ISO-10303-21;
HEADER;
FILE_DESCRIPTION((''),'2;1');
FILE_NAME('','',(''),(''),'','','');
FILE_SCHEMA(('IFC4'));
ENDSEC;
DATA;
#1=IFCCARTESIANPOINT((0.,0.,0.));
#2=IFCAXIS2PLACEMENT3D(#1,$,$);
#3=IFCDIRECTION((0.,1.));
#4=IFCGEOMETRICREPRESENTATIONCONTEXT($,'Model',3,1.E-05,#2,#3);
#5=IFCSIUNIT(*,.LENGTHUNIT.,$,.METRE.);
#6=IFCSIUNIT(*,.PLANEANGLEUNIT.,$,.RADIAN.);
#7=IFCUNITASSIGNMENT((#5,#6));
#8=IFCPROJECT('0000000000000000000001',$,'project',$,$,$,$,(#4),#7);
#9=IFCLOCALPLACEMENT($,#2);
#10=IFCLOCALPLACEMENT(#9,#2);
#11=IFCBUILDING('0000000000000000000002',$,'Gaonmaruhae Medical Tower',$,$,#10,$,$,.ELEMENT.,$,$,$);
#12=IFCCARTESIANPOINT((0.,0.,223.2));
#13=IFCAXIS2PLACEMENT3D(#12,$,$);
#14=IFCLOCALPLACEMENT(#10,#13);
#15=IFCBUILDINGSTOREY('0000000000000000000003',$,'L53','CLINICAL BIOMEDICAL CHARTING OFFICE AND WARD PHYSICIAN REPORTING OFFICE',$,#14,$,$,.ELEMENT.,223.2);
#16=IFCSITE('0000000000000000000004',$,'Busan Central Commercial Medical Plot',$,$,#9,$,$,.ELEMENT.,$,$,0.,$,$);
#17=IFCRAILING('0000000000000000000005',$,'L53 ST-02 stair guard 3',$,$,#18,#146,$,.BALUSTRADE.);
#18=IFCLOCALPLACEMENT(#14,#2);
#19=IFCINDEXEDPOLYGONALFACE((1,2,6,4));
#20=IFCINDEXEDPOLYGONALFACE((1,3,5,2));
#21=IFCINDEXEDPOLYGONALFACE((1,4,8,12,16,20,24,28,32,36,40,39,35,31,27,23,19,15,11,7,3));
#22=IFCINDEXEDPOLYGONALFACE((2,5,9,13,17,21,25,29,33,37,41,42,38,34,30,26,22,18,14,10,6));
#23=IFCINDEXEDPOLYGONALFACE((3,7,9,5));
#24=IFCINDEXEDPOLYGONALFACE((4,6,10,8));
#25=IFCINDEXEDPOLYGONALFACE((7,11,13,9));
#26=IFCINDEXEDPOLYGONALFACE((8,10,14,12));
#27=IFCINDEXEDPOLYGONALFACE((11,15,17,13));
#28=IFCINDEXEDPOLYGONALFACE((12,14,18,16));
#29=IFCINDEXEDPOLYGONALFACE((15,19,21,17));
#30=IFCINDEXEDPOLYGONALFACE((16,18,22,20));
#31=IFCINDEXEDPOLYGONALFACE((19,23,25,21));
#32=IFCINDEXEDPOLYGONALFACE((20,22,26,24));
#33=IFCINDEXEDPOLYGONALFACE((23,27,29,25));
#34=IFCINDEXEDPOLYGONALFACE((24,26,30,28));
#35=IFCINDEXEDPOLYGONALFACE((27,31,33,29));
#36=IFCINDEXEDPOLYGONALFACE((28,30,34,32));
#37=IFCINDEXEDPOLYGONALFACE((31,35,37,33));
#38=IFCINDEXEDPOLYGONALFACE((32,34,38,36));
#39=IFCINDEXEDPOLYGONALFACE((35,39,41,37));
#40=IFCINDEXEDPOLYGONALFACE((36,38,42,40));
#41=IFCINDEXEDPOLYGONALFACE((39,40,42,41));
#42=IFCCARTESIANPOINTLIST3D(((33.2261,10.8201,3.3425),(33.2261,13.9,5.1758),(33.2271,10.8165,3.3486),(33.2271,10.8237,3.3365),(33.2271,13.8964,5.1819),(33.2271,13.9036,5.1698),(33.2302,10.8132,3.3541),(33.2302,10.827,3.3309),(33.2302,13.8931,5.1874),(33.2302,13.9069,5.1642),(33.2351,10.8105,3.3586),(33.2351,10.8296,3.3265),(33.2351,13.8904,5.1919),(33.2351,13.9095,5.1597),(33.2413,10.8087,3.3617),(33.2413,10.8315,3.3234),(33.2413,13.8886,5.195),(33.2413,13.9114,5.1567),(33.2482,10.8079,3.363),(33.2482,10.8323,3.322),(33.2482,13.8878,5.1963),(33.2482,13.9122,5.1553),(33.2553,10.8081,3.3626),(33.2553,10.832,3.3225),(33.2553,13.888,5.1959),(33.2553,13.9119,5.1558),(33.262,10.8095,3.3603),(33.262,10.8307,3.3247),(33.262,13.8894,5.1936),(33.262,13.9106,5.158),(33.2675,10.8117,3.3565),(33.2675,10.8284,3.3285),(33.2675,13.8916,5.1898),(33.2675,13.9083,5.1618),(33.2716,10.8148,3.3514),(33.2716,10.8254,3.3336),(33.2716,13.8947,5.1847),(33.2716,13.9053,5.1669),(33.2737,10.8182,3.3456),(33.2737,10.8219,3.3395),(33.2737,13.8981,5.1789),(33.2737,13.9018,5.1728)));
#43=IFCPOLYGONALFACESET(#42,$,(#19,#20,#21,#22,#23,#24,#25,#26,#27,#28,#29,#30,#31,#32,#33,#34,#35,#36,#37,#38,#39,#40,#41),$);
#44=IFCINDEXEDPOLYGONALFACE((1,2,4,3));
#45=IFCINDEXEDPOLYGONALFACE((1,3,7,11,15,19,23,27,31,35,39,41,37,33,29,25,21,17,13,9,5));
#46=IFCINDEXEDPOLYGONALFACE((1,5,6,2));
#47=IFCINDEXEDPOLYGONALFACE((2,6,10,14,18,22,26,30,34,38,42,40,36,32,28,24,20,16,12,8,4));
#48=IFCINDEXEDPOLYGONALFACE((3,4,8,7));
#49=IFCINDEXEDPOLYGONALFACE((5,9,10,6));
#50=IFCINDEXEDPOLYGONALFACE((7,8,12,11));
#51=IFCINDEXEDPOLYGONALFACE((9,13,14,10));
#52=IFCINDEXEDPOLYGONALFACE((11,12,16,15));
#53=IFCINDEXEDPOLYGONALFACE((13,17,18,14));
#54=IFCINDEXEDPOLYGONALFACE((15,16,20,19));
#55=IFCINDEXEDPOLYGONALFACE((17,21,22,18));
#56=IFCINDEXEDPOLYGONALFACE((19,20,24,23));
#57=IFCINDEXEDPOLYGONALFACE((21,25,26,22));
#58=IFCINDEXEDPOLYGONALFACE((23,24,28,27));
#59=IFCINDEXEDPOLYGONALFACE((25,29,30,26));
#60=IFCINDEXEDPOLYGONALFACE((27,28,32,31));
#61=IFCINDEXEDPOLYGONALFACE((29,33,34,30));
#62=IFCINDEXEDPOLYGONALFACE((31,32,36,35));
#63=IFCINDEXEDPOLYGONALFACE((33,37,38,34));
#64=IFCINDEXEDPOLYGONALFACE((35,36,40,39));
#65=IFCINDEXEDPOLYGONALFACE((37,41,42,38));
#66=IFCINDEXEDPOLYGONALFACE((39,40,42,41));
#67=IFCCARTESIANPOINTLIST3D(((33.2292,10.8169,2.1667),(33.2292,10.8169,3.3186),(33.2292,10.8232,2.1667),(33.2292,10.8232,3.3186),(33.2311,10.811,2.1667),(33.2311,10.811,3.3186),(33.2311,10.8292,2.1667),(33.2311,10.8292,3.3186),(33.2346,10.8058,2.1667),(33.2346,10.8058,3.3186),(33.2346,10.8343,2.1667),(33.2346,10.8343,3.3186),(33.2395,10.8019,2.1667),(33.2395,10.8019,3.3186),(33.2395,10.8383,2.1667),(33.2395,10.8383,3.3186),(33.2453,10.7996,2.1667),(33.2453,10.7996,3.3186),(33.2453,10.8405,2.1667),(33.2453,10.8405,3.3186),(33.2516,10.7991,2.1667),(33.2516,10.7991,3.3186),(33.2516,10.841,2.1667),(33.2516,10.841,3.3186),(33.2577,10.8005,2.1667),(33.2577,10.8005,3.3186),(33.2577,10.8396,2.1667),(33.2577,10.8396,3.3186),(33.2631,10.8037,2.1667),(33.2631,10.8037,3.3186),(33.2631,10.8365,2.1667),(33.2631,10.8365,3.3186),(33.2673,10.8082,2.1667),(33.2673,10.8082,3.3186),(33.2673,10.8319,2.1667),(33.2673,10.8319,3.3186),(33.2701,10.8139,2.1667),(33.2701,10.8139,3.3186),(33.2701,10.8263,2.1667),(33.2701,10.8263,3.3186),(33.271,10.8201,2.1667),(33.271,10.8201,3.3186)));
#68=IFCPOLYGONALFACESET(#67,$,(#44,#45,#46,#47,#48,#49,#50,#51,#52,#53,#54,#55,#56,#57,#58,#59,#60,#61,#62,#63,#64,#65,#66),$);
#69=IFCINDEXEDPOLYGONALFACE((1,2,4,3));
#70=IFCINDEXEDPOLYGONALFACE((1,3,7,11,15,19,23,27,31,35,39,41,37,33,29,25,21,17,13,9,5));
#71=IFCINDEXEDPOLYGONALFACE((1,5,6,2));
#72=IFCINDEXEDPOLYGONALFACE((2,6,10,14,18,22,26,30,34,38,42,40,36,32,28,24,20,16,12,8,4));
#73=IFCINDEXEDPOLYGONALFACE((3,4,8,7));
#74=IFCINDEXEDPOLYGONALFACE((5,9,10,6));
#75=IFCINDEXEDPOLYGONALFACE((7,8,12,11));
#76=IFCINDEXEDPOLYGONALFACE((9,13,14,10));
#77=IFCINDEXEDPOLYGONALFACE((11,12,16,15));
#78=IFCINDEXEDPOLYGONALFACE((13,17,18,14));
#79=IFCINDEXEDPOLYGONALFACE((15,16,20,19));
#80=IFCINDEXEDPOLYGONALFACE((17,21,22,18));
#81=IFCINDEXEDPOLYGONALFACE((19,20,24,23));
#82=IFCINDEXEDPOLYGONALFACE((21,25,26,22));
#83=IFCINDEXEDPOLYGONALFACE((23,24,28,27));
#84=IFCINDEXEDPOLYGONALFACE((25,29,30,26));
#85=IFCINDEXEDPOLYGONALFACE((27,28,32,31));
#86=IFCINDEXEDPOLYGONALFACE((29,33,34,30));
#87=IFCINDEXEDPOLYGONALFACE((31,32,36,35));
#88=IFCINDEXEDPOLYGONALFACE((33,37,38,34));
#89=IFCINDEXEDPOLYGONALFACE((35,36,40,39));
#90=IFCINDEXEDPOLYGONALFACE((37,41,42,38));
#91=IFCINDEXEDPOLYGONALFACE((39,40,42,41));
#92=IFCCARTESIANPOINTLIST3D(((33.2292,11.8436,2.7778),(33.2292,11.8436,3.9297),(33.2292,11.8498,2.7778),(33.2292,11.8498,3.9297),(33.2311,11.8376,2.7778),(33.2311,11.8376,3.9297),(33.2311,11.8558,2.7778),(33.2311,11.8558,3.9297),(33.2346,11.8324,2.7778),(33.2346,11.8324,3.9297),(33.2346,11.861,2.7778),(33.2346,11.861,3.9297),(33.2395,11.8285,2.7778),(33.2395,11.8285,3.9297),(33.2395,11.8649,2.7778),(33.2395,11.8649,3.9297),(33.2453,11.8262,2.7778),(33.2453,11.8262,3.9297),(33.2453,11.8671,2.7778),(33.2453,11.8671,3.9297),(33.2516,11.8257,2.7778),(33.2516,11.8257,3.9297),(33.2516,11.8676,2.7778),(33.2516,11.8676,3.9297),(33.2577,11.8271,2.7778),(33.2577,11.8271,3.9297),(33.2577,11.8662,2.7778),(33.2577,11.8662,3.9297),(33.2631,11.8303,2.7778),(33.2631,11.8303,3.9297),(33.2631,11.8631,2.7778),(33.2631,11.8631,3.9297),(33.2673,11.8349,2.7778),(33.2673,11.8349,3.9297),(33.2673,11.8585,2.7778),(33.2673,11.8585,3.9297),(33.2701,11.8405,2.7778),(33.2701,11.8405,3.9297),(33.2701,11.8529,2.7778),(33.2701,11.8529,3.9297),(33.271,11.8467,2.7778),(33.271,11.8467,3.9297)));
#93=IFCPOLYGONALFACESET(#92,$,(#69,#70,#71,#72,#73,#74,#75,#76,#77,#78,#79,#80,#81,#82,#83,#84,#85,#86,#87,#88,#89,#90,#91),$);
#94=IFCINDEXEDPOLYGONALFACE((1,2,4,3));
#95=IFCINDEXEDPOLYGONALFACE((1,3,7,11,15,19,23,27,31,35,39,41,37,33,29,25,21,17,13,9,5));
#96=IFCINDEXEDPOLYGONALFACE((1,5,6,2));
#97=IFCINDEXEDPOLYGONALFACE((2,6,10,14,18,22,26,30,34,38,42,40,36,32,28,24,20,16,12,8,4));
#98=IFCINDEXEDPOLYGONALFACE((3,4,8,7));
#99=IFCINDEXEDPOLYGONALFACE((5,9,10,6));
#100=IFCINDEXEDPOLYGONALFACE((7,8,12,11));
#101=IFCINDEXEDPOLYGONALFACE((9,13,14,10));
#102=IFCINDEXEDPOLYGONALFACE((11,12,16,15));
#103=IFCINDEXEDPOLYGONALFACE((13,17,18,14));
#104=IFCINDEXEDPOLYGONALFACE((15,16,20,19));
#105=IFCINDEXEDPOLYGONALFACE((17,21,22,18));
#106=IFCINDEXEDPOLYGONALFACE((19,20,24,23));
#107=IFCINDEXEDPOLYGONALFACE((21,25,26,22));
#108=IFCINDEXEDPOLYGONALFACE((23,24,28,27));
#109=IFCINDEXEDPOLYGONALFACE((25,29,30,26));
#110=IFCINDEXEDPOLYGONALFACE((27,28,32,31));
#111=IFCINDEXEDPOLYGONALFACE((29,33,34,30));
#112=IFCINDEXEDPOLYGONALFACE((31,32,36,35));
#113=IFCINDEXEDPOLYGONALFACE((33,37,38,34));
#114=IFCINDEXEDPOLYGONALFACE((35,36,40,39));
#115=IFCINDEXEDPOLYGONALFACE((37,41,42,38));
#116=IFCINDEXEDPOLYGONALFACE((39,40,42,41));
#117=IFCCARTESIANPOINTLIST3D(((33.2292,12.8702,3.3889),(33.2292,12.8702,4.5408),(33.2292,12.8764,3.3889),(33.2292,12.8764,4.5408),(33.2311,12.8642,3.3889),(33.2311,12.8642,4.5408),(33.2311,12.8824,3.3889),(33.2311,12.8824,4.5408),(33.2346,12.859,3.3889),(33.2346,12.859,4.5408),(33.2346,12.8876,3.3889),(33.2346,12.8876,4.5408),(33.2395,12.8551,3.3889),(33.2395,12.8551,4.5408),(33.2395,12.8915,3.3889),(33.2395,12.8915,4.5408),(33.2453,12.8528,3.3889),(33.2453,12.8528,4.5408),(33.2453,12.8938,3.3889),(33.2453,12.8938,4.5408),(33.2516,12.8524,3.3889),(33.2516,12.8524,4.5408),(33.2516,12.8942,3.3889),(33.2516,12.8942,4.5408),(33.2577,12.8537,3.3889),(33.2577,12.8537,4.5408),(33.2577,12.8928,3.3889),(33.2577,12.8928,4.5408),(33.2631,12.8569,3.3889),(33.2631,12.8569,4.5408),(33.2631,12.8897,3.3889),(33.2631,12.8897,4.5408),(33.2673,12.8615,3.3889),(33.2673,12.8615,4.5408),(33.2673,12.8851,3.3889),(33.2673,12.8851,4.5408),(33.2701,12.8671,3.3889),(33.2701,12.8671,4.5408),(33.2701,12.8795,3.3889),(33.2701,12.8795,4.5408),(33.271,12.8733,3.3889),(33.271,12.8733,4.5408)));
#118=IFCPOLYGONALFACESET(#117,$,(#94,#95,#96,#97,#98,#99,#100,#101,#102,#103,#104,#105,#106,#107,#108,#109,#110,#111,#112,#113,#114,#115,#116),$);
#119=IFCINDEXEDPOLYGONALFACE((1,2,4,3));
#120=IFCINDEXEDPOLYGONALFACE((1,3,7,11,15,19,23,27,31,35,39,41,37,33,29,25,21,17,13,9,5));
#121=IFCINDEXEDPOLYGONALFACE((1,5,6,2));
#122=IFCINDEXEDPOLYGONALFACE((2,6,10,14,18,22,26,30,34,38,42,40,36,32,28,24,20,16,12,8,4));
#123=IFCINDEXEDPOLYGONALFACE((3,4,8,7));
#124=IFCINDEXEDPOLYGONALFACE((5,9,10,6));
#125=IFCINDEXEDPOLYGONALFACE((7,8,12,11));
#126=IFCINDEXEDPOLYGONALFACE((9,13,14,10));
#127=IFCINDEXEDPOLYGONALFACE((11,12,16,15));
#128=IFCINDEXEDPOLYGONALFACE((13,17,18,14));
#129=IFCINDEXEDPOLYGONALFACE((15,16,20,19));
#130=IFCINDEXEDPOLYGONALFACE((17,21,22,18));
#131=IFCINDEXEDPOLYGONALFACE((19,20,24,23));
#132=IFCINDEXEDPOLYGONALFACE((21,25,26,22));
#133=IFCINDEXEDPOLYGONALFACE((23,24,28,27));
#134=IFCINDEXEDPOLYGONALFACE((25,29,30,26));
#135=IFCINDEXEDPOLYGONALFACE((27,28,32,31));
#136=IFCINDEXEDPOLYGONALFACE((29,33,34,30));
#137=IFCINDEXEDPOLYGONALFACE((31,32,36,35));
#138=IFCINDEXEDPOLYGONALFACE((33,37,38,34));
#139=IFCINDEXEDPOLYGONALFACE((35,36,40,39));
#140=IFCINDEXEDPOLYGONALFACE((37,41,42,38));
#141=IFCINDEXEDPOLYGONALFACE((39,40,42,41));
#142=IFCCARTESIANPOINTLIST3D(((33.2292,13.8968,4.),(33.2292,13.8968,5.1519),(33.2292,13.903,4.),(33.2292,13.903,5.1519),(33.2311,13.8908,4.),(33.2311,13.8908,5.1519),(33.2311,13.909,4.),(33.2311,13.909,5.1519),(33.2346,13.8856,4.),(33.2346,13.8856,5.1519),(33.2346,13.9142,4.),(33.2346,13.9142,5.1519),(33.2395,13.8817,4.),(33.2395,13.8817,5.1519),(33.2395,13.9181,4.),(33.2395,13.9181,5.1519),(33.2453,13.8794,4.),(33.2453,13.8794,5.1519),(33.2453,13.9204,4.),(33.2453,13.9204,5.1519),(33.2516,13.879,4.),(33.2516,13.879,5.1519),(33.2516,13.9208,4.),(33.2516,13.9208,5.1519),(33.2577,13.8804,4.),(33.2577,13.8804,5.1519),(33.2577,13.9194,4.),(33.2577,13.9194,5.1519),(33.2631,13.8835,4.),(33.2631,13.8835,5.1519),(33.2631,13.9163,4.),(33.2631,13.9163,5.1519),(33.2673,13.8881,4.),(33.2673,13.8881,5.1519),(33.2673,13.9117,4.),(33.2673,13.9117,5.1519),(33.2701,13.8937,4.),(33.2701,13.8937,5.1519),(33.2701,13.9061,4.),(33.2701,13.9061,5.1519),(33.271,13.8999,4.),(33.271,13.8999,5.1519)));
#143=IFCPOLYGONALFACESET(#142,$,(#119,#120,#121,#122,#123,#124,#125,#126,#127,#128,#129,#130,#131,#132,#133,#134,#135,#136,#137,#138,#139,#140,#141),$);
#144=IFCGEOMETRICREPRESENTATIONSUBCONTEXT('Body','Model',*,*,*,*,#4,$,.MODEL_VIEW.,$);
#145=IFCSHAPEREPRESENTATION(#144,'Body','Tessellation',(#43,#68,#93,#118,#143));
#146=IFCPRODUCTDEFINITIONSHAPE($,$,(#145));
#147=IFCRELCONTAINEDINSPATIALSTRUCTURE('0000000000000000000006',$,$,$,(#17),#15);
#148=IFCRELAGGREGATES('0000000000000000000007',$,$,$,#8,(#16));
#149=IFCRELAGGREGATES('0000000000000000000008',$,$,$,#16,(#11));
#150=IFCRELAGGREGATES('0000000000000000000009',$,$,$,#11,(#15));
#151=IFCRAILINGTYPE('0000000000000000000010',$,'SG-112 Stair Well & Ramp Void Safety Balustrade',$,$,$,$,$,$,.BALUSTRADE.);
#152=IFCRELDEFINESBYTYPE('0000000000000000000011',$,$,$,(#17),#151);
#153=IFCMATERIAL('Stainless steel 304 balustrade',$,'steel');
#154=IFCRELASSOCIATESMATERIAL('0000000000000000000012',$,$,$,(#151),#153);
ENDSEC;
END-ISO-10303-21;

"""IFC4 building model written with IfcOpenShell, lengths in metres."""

from ifc_helpers import new_model, si_unit, direction, frame, origin, origin_2d, place, context, subcontext, project, spatial, circle, extrude, material, type_object, element, save


model = new_model("IFC4")

# Units and contexts
model_context = context("Model", 3, precision=1e-05, world=origin(), true_north=direction((0.0, 1.0)))
body_context = subcontext(model_context, "Body", "Model", "MODEL_VIEW")
ifc_project = project(units=[si_unit("LENGTHUNIT", "METRE"), si_unit("PLANEANGLEUNIT", "RADIAN")], contexts=[model_context])

# Site, building, storey
site_placement = place(None, origin())
site = spatial("IfcSite", under=ifc_project, at=site_placement, Name="Busan Central Commercial Medical Plot", CompositionType="ELEMENT", RefElevation=0.0)
building_placement = place(site_placement, origin())
building = spatial("IfcBuilding", under=site, at=building_placement, Name="Gaonmaruhae Medical Tower", CompositionType="ELEMENT")
storey_placement = place(building_placement, frame((0.0, 0.0, 223.2)))
storey = spatial("IfcBuildingStorey", under=building, at=storey_placement, Name="L53", Description="CLINICAL BIOMEDICAL CHARTING OFFICE AND WARD PHYSICIAN REPORTING OFFICE", CompositionType="ELEMENT", Elevation=223.2)

# Railing
ifc_material_1 = material(Name="Stainless steel 304 balustrade", Category="steel")
railing_type_1 = type_object("IfcRailingType", Name="SG-112 Stair Well & Ramp Void Safety Balustrade", PredefinedType="BALUSTRADE", material=ifc_material_1)
railing_1_placement = place(storey_placement, frame((33.25, 10.8201, 2.1667)))
element("IfcRailing", 1, at=railing_1_placement, inside=storey, type_object=railing_type_1, Name="L53 ST-02 stair guard 3", PredefinedType="BALUSTRADE", context=body_context, shape_type="SweptSolid", body=[
    extrude(circle(Radius=0.0239, at=origin_2d()), frame((0.0, 0.0, 1.1758), z_axis=(0.0, 0.859291, 0.511487), x_axis=(-1.0, 0.0, 0.0)), (0.0, 0.0, 1.0), 3.5842),
    extrude(circle(Radius=0.021, at=origin_2d()), origin(), (0.0, 0.0, 1.0), 1.1519),
    extrude(circle(Radius=0.021, at=origin_2d()), frame((0.0, 1.0266, 0.6111)), (0.0, 0.0, 1.0), 1.1519),
    extrude(circle(Radius=0.021, at=origin_2d()), frame((0.0, 2.0532, 1.2222)), (0.0, 0.0, 1.0), 1.1519),
    extrude(circle(Radius=0.021, at=origin_2d()), frame((0.0, 3.0798, 1.8333)), (0.0, 0.0, 1.0), 1.1519),
])

save(model, "model.ifc")
